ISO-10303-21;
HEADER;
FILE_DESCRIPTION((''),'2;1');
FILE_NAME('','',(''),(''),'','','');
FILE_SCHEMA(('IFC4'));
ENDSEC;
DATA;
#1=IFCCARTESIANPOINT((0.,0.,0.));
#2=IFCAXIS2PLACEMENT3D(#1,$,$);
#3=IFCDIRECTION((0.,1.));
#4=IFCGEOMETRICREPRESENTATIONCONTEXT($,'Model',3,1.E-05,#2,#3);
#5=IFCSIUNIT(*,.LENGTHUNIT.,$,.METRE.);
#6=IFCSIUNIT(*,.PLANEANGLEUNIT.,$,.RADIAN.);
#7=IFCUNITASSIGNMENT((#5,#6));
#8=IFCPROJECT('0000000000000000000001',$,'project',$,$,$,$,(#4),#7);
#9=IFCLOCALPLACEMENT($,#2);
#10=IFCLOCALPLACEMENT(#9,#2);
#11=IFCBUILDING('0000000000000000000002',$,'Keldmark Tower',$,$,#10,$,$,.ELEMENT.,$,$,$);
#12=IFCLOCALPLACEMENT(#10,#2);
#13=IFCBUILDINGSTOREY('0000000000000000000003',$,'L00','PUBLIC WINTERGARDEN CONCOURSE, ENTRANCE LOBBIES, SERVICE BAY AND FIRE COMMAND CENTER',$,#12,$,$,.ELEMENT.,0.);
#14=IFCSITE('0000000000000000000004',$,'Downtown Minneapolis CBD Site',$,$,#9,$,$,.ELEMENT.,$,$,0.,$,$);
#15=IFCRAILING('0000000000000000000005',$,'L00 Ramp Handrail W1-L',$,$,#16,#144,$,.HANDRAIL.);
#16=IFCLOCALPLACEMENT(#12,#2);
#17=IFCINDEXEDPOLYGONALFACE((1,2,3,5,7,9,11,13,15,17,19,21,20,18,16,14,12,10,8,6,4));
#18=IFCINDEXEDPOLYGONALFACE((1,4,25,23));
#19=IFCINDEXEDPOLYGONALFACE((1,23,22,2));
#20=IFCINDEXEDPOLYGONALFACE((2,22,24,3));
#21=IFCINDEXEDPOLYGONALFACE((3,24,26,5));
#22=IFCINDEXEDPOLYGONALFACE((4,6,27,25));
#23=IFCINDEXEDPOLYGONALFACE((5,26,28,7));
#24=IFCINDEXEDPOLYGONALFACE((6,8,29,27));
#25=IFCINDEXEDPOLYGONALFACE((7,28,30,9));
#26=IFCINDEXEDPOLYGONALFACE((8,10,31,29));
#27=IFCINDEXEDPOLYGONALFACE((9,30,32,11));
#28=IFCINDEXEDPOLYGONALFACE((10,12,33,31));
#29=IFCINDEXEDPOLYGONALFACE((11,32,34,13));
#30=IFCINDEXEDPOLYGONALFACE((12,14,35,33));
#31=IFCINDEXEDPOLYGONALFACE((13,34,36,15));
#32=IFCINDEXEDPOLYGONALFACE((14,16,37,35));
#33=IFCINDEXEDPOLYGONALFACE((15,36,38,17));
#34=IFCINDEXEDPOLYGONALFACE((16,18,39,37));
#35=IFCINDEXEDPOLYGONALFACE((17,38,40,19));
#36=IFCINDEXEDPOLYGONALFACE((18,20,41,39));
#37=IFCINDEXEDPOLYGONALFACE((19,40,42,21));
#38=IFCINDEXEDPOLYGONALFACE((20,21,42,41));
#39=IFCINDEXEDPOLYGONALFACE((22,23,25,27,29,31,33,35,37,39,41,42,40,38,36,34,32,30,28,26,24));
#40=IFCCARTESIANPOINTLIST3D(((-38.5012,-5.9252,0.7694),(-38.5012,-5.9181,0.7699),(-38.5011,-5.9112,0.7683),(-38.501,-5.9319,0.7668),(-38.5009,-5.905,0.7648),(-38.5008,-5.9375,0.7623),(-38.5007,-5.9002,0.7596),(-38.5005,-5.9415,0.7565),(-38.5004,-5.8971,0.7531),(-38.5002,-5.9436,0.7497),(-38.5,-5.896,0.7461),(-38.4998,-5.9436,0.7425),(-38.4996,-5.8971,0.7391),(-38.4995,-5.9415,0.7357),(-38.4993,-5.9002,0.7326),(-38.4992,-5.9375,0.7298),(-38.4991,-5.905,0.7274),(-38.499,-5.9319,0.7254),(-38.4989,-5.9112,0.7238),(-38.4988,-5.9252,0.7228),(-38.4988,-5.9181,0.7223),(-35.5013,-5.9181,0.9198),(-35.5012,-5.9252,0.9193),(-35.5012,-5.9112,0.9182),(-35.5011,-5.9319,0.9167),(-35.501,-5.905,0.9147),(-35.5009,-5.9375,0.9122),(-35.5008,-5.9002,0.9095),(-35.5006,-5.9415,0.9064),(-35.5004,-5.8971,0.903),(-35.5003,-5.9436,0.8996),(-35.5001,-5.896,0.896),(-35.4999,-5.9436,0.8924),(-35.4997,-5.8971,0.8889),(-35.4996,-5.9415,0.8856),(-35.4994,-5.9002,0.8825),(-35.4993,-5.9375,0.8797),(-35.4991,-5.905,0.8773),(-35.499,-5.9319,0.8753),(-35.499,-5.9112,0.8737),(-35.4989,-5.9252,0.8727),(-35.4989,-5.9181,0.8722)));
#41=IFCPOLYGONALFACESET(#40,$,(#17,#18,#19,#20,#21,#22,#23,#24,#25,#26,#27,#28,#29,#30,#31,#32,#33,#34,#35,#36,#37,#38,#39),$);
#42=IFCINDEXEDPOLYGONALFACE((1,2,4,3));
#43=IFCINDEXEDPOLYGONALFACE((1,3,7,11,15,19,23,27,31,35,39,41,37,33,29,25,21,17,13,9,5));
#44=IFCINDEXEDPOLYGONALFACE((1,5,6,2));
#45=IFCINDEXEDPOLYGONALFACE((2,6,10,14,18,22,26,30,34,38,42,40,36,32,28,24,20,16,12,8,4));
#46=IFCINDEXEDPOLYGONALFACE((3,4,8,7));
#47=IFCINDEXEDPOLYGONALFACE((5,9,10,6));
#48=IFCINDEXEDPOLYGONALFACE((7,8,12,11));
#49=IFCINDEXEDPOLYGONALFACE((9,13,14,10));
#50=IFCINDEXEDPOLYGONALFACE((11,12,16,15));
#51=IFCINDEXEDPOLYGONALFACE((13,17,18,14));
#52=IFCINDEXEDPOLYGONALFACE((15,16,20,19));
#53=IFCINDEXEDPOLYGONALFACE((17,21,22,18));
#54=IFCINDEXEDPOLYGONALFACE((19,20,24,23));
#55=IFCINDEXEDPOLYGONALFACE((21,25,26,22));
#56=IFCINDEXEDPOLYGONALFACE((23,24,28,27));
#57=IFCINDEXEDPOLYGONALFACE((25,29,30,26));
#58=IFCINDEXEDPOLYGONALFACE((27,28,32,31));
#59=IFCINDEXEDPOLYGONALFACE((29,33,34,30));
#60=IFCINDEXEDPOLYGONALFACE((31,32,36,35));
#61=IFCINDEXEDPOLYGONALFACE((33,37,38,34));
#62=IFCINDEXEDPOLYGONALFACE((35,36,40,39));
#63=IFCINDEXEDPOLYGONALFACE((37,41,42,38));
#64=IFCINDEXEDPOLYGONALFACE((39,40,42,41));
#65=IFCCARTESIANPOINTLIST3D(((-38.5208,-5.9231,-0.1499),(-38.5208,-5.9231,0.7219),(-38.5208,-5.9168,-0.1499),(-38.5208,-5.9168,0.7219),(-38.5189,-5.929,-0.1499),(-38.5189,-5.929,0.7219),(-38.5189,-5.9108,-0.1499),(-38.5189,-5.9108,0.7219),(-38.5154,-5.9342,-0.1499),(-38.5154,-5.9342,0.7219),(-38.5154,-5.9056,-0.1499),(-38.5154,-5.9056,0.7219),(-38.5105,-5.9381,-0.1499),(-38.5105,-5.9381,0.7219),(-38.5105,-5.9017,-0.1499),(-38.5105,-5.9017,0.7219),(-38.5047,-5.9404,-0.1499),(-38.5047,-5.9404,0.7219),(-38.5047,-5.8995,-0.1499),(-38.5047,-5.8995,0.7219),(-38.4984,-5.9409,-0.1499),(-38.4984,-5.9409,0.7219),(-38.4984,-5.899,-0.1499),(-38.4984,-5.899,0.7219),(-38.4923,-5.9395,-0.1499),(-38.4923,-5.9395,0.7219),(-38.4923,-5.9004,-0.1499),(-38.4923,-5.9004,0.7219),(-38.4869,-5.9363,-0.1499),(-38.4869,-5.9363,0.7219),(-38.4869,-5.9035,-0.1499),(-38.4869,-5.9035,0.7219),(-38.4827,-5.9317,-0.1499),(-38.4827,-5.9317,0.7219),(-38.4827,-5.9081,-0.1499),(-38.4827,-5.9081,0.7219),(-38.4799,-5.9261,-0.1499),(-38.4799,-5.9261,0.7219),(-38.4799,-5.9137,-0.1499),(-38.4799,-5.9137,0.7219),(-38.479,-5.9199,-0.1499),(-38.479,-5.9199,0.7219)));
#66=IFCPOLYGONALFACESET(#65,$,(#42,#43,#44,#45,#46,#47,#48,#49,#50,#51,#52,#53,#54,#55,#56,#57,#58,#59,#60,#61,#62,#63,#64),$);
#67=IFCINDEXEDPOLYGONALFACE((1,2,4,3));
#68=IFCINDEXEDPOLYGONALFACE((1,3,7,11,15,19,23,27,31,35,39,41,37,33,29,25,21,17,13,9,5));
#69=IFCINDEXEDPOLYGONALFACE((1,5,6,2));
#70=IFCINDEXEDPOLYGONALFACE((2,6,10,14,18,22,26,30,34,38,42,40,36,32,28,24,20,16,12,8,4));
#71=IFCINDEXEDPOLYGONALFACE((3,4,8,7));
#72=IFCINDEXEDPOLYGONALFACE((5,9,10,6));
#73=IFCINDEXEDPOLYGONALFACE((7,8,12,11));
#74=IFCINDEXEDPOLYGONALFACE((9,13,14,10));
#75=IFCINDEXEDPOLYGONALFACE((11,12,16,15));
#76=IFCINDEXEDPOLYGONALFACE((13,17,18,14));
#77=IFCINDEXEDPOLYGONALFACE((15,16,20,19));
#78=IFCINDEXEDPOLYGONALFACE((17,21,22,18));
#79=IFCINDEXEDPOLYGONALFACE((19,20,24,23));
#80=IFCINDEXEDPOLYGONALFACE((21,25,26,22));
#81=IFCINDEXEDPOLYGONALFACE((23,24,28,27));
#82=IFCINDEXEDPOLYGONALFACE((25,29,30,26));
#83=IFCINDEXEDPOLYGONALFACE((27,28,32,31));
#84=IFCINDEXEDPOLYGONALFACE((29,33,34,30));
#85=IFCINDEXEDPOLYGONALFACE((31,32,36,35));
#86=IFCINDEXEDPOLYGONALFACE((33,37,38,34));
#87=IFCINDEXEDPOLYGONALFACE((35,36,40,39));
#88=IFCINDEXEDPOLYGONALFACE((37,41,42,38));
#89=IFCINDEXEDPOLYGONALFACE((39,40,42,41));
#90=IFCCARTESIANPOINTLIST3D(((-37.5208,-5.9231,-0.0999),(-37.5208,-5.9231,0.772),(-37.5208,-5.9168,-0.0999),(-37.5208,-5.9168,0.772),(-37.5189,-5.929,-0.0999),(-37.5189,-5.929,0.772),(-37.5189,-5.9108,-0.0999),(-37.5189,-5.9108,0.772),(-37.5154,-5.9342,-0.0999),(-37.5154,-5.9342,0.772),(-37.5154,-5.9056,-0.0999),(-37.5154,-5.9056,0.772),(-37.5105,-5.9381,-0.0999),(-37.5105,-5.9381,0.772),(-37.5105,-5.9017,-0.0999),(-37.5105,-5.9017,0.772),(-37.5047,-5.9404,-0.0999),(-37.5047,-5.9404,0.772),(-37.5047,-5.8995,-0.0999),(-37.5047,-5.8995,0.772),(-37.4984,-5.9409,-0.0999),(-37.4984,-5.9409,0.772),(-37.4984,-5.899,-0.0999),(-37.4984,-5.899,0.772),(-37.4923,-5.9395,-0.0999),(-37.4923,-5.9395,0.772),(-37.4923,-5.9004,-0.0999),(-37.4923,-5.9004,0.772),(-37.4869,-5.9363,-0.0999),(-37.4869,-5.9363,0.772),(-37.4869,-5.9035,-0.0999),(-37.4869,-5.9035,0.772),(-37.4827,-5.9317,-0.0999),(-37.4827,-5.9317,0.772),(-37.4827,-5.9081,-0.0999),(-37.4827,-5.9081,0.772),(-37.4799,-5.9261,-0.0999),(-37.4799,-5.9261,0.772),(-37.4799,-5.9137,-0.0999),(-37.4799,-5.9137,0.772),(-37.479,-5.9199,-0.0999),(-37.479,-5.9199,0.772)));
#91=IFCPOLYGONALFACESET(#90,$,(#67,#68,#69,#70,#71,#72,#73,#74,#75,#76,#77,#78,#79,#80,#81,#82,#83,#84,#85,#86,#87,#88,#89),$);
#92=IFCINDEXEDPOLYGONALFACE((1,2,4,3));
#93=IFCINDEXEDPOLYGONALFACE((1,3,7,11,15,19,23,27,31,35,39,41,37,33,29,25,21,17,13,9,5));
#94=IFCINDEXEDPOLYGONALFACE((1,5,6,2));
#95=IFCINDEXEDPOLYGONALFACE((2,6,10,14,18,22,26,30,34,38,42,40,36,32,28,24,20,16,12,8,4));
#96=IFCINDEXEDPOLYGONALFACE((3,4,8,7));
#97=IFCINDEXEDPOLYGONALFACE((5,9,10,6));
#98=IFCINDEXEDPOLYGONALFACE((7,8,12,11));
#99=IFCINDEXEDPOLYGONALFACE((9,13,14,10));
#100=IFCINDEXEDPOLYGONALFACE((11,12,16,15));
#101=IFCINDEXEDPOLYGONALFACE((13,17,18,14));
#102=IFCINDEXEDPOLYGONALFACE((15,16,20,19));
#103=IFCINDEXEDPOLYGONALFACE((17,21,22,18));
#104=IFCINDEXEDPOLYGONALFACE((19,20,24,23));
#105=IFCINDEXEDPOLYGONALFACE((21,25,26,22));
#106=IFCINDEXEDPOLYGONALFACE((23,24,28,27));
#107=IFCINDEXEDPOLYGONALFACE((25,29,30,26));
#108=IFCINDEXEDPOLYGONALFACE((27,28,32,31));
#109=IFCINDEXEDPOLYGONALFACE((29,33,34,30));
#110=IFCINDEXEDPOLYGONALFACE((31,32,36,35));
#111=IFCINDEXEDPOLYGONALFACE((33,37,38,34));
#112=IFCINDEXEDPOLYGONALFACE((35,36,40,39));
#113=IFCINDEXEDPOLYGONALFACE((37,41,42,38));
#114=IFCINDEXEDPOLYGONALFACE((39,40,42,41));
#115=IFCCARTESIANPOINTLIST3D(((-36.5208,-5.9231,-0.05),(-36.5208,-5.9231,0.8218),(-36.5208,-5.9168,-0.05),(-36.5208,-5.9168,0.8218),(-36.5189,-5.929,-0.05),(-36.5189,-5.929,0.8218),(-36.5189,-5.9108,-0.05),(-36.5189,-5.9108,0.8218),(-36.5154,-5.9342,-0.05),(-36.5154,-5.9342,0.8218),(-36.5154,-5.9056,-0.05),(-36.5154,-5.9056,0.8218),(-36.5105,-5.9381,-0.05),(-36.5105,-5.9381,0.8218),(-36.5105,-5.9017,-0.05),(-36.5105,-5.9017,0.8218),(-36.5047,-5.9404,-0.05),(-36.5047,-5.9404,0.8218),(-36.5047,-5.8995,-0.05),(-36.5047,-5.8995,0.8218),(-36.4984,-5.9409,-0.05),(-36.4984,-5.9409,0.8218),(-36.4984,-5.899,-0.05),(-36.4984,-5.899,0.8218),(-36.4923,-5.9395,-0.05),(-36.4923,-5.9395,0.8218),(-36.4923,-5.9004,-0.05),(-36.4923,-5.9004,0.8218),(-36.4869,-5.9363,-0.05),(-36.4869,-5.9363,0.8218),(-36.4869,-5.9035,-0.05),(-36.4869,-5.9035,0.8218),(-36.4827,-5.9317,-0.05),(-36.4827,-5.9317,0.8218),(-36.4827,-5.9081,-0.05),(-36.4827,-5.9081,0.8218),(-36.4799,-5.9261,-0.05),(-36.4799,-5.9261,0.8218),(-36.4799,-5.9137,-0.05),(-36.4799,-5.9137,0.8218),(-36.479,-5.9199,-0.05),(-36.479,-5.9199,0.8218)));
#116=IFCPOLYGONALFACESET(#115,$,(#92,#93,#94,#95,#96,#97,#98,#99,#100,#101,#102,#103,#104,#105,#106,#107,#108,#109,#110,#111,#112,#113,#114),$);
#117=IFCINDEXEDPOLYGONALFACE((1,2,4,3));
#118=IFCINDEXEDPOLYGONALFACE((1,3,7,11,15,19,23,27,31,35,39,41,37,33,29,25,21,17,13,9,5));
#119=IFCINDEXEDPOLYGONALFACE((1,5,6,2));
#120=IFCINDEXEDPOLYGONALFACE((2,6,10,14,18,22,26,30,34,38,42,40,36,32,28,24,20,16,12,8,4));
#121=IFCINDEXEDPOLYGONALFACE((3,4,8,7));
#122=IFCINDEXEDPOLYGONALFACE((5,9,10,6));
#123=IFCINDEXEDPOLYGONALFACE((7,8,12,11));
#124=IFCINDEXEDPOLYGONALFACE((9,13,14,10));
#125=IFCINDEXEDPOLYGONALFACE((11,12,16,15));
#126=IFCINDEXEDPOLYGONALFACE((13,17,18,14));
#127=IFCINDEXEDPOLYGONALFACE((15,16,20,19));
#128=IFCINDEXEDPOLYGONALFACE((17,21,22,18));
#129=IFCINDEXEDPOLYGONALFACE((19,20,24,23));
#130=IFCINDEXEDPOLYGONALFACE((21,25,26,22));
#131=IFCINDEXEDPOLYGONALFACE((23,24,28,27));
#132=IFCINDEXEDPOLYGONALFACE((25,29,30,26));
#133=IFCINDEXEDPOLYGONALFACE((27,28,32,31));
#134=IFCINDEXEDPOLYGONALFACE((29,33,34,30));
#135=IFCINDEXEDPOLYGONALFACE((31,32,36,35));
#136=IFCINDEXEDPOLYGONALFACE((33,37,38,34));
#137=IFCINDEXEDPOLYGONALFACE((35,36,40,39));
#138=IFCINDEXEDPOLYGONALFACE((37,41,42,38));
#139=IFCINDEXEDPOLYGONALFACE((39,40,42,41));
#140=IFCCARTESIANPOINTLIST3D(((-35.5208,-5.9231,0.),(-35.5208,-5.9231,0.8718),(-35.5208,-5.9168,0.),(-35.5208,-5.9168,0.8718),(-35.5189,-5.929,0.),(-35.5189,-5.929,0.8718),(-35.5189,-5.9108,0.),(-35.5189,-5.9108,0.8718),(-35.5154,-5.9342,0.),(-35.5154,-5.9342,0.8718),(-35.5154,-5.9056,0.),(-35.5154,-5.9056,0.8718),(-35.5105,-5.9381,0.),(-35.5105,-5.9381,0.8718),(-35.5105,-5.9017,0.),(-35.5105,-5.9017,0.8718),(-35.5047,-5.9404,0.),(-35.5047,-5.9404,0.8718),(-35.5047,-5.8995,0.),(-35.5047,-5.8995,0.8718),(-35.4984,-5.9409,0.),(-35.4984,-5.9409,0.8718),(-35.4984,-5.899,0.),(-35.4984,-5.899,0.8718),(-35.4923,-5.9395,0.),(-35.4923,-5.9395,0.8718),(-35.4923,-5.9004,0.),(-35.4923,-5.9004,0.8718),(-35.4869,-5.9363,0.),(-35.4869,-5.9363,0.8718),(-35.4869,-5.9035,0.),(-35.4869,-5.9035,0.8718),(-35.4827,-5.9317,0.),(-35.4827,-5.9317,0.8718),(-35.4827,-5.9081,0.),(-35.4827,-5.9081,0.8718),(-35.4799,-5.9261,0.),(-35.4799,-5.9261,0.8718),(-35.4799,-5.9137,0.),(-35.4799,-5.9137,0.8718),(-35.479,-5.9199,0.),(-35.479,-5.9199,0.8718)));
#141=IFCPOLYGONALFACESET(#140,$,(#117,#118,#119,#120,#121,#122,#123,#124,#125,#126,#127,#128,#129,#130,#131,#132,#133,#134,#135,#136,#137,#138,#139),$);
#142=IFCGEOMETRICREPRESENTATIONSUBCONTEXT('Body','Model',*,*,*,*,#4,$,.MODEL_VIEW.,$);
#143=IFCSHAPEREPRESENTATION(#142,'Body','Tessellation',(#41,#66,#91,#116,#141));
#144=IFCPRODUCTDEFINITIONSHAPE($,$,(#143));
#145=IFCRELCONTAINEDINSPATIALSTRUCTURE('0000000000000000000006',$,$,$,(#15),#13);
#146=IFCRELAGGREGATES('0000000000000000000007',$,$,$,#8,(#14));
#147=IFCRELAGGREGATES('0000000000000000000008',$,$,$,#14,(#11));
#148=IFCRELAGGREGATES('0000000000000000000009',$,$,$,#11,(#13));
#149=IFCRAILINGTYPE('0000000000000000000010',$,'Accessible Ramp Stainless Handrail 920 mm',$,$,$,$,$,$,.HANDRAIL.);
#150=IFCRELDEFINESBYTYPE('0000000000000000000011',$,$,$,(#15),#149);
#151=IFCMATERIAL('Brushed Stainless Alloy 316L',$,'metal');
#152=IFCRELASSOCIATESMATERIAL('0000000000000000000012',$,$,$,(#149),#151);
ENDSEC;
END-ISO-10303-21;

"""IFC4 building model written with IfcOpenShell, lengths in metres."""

from ifc_helpers import new_model, si_unit, direction, frame, origin, origin_2d, place, context, subcontext, project, spatial, circle, extrude, material, type_object, element, save


model = new_model("IFC4")

# Units and contexts
model_context = context("Model", 3, precision=1e-05, world=origin(), true_north=direction((0.0, 1.0)))
body_context = subcontext(model_context, "Body", "Model", "MODEL_VIEW")
ifc_project = project(units=[si_unit("LENGTHUNIT", "METRE"), si_unit("PLANEANGLEUNIT", "RADIAN")], contexts=[model_context])

# Site, building, storey
site_placement = place(None, origin())
site = spatial("IfcSite", under=ifc_project, at=site_placement, Name="Downtown Minneapolis CBD Site", CompositionType="ELEMENT", RefElevation=0.0)
building_placement = place(site_placement, origin())
building = spatial("IfcBuilding", under=site, at=building_placement, Name="Keldmark Tower", CompositionType="ELEMENT")
storey_placement = place(building_placement, origin())
storey = spatial("IfcBuildingStorey", under=building, at=storey_placement, Name="L00", Description="PUBLIC WINTERGARDEN CONCOURSE, ENTRANCE LOBBIES, SERVICE BAY AND FIRE COMMAND CENTER", CompositionType="ELEMENT", Elevation=0.0)

# Railing
ifc_material_1 = material(Name="Brushed Stainless Alloy 316L", Category="metal")
railing_type = type_object("IfcRailingType", Name="Accessible Ramp Stainless Handrail 920 mm", PredefinedType="HANDRAIL", material=ifc_material_1)
for number, where, name in (
    (1, (-38.5, -5.9199, -0.1499), "L00 Ramp Handrail W1-L"),
):
    element("IfcRailing", number, at=place(storey_placement, frame(where)), inside=storey, type_object=railing_type, Name=name, PredefinedType="HANDRAIL", context=body_context, shape_type="SweptSolid", body=[
        extrude(circle(Radius=0.0239, at=origin_2d()), frame((0.0, 0.0, 0.896), z_axis=(0.998754, 0.0, 0.049905), x_axis=(0.0, 1.0, 0.0)), (0.0, 0.0, 1.0), 3.0037),
        extrude(circle(Radius=0.021, at=origin_2d()), origin(), (0.0, 0.0, 1.0), 0.8718),
        extrude(circle(Radius=0.021, at=origin_2d()), frame((1.0, 0.0, 0.05)), (0.0, 0.0, 1.0), 0.8718),
        extrude(circle(Radius=0.021, at=origin_2d()), frame((2.0, 0.0, 0.0999)), (0.0, 0.0, 1.0), 0.8718),
        extrude(circle(Radius=0.021, at=origin_2d()), frame((3.0, 0.0, 0.1499)), (0.0, 0.0, 1.0), 0.8718),
    ])

save(model, "model.ifc")
